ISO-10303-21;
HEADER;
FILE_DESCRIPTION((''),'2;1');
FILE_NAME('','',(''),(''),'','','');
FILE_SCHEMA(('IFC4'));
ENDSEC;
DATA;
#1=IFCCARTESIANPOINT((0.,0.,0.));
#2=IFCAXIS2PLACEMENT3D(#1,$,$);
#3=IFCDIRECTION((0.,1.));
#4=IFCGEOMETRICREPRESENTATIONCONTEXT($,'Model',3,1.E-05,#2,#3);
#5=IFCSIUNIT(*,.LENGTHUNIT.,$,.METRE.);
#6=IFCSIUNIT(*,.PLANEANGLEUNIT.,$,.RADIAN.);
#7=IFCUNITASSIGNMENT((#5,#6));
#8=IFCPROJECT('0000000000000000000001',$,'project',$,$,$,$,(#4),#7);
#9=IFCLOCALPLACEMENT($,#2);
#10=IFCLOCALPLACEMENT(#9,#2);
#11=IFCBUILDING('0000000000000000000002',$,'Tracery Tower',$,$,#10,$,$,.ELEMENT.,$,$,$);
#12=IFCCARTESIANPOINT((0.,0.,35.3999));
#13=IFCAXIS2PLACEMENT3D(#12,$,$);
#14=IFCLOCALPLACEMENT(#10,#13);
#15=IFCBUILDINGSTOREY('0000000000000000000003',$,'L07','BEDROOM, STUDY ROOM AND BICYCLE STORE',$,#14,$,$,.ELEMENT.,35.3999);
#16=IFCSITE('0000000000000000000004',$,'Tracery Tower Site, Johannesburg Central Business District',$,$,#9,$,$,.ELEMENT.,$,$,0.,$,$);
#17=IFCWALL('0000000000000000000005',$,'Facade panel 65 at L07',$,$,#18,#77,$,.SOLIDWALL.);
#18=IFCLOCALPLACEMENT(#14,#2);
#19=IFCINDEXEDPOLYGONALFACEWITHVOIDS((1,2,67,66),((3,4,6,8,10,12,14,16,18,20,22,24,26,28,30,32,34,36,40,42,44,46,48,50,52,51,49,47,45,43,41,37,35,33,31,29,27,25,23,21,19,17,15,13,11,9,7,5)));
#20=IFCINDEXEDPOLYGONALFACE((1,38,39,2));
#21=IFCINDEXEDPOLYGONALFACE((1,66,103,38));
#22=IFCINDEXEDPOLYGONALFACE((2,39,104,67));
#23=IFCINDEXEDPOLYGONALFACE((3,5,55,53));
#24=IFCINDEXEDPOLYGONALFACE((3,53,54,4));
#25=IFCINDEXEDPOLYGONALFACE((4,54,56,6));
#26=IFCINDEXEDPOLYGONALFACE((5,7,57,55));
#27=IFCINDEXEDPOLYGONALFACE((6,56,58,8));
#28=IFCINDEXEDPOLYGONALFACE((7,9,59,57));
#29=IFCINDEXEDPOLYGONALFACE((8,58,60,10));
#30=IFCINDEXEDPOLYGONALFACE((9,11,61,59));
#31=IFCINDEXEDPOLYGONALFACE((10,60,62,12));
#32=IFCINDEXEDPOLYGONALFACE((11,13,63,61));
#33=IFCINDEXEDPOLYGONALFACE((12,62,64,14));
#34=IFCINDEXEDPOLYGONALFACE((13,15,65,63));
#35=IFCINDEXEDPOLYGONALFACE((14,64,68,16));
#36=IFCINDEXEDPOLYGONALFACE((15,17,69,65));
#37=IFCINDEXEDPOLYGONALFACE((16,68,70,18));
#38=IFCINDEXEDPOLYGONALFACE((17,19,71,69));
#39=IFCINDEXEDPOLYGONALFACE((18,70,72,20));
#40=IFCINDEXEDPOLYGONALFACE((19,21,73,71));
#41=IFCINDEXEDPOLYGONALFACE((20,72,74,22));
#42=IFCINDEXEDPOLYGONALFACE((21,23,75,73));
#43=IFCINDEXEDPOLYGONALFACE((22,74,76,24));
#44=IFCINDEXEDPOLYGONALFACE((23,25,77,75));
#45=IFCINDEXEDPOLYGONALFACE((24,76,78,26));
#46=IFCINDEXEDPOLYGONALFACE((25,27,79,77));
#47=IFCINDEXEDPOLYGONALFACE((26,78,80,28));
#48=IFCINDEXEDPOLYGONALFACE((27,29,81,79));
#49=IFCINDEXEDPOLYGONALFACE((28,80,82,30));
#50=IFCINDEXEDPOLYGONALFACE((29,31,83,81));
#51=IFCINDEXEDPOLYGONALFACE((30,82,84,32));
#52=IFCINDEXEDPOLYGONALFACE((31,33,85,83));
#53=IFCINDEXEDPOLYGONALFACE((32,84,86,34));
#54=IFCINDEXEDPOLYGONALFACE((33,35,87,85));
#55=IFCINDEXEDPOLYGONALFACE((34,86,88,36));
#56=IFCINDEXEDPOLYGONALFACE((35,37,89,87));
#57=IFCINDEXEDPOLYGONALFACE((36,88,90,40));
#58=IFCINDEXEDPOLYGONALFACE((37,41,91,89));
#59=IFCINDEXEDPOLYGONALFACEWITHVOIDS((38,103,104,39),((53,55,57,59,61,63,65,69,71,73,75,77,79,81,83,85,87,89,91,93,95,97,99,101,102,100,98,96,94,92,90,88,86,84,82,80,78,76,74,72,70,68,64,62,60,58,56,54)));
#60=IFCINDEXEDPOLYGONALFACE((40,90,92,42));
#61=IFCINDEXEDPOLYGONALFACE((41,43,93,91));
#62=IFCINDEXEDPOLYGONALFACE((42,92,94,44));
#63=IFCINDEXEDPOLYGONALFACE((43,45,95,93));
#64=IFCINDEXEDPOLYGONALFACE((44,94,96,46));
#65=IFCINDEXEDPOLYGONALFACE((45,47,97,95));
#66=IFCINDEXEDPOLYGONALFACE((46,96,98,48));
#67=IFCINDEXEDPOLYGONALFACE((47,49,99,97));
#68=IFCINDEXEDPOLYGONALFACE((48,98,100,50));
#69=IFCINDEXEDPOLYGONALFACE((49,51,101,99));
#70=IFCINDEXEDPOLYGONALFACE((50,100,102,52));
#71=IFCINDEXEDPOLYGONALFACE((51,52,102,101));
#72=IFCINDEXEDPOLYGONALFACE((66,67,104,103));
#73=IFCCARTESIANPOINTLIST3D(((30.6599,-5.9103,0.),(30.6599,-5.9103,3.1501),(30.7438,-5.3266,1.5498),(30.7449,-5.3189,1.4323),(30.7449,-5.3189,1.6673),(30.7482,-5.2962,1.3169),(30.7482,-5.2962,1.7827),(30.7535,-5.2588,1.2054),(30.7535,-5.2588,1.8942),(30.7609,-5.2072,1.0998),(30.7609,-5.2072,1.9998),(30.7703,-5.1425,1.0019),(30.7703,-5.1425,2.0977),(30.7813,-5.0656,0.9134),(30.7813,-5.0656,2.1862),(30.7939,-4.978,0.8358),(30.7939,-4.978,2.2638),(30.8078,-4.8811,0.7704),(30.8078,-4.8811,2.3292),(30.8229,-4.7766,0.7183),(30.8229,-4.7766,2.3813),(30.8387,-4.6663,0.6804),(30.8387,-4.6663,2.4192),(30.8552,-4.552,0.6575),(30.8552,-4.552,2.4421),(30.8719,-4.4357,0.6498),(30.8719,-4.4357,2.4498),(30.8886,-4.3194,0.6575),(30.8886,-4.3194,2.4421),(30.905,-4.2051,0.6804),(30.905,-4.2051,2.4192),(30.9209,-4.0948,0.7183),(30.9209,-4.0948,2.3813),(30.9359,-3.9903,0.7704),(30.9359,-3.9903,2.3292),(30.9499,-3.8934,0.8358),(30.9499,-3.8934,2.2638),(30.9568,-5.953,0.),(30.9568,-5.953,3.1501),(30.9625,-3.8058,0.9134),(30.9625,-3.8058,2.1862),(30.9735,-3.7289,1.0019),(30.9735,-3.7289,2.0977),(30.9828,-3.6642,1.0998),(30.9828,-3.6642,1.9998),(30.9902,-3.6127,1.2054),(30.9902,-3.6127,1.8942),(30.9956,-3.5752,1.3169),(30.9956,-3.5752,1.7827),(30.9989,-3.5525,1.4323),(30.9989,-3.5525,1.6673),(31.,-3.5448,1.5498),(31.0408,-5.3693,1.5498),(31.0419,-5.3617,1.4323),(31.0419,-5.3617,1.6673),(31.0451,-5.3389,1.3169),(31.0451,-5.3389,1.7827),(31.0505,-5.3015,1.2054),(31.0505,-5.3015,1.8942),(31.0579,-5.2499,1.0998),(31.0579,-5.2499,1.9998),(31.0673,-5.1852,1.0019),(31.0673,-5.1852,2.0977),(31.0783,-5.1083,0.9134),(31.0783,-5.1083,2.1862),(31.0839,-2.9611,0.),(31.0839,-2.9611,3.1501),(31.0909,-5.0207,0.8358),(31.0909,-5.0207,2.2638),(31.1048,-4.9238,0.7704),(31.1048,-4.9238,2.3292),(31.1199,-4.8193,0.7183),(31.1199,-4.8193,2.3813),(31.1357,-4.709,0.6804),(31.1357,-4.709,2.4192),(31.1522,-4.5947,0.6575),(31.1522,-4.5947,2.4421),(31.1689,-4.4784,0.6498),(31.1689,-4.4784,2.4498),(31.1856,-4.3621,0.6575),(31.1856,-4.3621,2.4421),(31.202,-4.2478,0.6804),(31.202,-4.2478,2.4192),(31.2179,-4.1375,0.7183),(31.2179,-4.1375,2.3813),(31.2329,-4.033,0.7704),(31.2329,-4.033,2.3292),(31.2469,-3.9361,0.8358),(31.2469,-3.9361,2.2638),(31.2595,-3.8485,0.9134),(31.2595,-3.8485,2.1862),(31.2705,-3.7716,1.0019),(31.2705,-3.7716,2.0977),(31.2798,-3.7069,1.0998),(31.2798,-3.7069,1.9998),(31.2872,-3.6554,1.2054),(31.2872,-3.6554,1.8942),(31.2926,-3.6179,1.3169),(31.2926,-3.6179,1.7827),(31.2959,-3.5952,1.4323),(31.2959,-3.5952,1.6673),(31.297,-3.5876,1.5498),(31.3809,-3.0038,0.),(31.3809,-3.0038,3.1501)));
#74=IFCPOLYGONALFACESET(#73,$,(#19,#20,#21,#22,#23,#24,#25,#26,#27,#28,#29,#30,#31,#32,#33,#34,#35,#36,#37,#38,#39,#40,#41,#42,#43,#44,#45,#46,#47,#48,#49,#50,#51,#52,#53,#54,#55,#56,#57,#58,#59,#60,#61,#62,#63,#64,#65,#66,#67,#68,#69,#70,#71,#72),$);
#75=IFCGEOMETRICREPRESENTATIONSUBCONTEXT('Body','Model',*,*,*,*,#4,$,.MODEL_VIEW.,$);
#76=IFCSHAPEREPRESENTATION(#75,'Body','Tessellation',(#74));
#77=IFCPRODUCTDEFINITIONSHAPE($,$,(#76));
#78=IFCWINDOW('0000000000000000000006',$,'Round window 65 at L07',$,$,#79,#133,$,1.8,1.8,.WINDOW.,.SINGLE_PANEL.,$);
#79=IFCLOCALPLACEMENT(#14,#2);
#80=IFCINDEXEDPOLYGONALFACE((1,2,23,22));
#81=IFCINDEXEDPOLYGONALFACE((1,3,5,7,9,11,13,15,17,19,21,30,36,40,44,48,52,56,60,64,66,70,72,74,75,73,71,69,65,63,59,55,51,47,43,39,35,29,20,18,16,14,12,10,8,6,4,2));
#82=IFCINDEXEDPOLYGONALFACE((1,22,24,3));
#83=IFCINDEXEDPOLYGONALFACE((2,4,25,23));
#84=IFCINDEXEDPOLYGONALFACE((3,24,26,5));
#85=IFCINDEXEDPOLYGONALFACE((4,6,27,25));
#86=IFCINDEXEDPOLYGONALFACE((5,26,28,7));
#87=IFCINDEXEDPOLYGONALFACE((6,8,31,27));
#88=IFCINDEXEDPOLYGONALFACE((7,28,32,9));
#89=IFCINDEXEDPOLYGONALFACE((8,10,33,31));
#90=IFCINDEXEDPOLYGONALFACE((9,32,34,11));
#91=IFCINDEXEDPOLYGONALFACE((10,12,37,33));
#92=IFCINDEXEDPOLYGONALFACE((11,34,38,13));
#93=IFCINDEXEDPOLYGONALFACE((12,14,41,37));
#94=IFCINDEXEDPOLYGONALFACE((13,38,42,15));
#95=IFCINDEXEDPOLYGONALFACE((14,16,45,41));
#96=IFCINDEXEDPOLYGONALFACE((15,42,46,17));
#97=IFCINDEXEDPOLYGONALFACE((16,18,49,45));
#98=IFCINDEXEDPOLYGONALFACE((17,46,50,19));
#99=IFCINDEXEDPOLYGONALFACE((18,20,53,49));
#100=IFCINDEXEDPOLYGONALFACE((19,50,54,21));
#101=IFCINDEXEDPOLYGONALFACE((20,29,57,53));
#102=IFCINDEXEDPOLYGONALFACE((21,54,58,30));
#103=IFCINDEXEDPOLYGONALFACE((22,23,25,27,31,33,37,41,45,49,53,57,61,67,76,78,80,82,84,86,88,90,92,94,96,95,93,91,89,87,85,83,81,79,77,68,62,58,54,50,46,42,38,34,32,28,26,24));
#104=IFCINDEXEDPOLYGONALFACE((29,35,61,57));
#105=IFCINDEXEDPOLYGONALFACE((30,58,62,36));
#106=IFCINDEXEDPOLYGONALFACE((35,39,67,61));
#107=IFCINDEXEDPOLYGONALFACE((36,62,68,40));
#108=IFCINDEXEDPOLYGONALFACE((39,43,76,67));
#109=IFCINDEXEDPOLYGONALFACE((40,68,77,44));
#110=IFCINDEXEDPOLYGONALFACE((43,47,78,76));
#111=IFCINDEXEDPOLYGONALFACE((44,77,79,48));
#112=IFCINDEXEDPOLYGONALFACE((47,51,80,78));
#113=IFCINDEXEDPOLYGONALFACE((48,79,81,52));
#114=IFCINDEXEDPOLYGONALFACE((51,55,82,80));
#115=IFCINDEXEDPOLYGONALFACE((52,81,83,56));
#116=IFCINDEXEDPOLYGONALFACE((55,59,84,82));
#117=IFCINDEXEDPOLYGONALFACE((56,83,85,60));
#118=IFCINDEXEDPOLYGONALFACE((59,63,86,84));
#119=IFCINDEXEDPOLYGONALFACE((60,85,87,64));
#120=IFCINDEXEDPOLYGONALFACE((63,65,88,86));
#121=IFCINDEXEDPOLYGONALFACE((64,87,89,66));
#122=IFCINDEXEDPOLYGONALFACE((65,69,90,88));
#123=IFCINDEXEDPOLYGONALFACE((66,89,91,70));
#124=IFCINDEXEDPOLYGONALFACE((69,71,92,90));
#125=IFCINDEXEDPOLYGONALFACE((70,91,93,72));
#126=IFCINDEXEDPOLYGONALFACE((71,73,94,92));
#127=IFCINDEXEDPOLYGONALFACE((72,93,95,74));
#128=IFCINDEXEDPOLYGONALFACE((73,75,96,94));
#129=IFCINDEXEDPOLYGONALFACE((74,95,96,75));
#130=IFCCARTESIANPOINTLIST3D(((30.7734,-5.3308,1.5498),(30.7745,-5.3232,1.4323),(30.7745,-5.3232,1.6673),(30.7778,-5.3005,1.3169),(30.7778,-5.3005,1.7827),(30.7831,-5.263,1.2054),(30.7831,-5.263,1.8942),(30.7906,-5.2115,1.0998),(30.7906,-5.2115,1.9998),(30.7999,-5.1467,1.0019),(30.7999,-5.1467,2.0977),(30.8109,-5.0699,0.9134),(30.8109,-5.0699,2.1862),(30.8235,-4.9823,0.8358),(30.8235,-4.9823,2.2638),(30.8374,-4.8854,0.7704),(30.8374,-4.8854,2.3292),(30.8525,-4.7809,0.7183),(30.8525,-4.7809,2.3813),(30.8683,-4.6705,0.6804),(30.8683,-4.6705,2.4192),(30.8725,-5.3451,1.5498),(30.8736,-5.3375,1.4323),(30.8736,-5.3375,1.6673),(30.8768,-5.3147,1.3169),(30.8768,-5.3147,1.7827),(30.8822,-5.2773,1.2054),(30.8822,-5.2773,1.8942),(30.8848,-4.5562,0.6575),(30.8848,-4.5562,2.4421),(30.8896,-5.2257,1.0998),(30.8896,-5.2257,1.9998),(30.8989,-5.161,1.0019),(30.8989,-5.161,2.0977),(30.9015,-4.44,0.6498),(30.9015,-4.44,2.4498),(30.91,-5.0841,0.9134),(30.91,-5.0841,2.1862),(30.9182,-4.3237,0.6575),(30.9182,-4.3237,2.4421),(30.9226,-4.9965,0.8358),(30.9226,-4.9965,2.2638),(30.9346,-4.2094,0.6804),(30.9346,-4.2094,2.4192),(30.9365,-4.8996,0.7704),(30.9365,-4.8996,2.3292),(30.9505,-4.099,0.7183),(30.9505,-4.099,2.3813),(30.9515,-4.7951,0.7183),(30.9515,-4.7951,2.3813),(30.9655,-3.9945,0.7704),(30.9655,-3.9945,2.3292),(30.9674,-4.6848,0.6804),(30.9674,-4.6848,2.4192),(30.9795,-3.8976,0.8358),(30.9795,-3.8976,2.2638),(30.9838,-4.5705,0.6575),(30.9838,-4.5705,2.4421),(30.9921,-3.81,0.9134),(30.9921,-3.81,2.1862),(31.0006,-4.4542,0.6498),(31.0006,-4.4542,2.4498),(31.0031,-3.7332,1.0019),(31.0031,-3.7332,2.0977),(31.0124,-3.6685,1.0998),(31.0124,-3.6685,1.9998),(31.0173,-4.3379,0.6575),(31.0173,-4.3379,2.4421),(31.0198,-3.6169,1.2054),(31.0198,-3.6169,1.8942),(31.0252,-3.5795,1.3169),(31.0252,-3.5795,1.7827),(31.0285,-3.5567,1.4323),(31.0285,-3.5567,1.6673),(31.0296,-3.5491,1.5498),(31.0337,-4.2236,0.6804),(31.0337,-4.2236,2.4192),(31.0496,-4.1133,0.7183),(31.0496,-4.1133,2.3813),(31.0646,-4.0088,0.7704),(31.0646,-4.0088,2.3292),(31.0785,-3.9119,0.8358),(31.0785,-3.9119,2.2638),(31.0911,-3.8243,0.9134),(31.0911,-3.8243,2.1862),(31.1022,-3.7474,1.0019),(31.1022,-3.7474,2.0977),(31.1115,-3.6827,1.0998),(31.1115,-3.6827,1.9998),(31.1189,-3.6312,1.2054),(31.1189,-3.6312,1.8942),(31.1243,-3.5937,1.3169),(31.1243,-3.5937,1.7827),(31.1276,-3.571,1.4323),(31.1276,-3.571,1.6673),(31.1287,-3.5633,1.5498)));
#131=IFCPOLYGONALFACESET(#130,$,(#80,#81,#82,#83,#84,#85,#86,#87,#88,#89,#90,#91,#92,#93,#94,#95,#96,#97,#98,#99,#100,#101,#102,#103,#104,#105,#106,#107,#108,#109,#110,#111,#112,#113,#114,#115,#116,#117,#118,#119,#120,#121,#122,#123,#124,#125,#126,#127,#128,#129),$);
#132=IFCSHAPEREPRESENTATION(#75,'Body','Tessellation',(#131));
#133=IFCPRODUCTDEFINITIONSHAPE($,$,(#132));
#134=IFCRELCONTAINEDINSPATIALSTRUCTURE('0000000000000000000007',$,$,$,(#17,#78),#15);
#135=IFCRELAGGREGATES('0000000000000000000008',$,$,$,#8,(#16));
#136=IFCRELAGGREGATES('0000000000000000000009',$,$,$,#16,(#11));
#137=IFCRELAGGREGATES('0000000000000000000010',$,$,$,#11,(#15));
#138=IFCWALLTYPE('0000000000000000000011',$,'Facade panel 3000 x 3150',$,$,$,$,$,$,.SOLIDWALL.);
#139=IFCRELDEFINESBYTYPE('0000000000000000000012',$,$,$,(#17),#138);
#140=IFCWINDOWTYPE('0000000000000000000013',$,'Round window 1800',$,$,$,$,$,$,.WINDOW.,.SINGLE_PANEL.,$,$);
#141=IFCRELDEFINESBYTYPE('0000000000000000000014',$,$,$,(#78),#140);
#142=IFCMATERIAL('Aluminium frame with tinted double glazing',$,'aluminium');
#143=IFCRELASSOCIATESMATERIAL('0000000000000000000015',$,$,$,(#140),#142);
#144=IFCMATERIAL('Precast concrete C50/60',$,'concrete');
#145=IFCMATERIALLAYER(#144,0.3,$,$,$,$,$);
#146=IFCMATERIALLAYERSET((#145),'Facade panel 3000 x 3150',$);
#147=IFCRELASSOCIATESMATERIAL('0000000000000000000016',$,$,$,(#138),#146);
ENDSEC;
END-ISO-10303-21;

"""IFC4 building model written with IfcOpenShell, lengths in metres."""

from ifc_helpers import new_model, si_unit, direction, frame, frame_2d, origin, origin_2d, place, context, subcontext, project, spatial, rectangle, circle, extrude, material, layer, layer_set, type_object, element, fill, save


model = new_model("IFC4")

# Units and contexts
model_context = context("Model", 3, precision=1e-05, world=origin(), true_north=direction((0.0, 1.0)))
body_context = subcontext(model_context, "Body", "Model", "MODEL_VIEW")
ifc_project = project(units=[si_unit("LENGTHUNIT", "METRE"), si_unit("PLANEANGLEUNIT", "RADIAN")], contexts=[model_context])

# Site, building, storey
site_placement = place(None, origin())
site = spatial("IfcSite", under=ifc_project, at=site_placement, Name="Tracery Tower Site, Johannesburg Central Business District", CompositionType="ELEMENT", RefElevation=0.0)
building_placement = place(site_placement, origin())
building = spatial("IfcBuilding", under=site, at=building_placement, Name="Tracery Tower", CompositionType="ELEMENT")
storey_placement = place(building_placement, frame((0.0, 0.0, 35.3999)))
storey = spatial("IfcBuildingStorey", under=building, at=storey_placement, Name="L07", Description="BEDROOM, STUDY ROOM AND BICYCLE STORE", CompositionType="ELEMENT", Elevation=35.3999)

# Wall, opening, window
ifc_material_1 = material(Name="Aluminium frame with tinted double glazing", Category="aluminium")
window_type = type_object("IfcWindowType", Name="Round window 1800", PartitioningType="SINGLE_PANEL", PredefinedType="WINDOW", material=ifc_material_1)
ifc_material_2 = material(Name="Precast concrete C50/60", Category="concrete")
ifc_layer_1 = layer(ifc_material_2, 0.3)
ifc_layer_set_1 = layer_set([ifc_layer_1], Name="Facade panel 3000 x 3150")
wall_type_1 = type_object("IfcWallType", Name="Facade panel 3000 x 3150", PredefinedType="SOLIDWALL", material=ifc_layer_set_1)
wall_1_placement = place(storey_placement, frame((30.8083, -5.9316, 0.0), z_axis=(0.0, 0.0, 1.0), x_axis=(0.142328, 0.98982, 0.0)))
wall_1 = element("IfcWall", 1, at=wall_1_placement, inside=storey, type_object=wall_type_1, Name="Facade panel 65 at L07", PredefinedType="SOLIDWALL", context=body_context, shape_type="SweptSolid", body=[
    extrude(rectangle(XDim=2.9795, YDim=0.3, at=frame_2d((1.4897, 0.0))), origin(), (0.0, 0.0, 1.0), 3.1501),
])
opening_1_placement = place(wall_1_placement, frame((1.4897, 0.0, 1.5498)))
opening_1 = element("IfcOpeningElement", 2, at=opening_1_placement, cuts=wall_1, PredefinedType="OPENING", context=body_context, shape_type="SweptSolid", body=[
    extrude(circle(Radius=0.9, at=origin_2d()), frame((0.0, 0.1599, 0.0), z_axis=(0.0, -1.0, 0.0), x_axis=(1.0, 0.0, 0.0)), (0.0, 0.0, 1.0), 0.3201),
])
window_1_placement = place(opening_1_placement, origin())
window_1 = element("IfcWindow", 3, at=window_1_placement, inside=storey, type_object=window_type, Name="Round window 65 at L07", OverallHeight=1.8, OverallWidth=1.8, PartitioningType="SINGLE_PANEL", PredefinedType="WINDOW", context=body_context, shape_type="SweptSolid", body=[
    extrude(circle(Radius=0.9, at=origin_2d()), frame((0.0, 0.1201, 0.0), z_axis=(0.0, -1.0, 0.0), x_axis=(1.0, 0.0, 0.0)), (0.0, 0.0, 1.0), 0.1001),
])
fill(opening_1, window_1)

save(model, "model.ifc")
